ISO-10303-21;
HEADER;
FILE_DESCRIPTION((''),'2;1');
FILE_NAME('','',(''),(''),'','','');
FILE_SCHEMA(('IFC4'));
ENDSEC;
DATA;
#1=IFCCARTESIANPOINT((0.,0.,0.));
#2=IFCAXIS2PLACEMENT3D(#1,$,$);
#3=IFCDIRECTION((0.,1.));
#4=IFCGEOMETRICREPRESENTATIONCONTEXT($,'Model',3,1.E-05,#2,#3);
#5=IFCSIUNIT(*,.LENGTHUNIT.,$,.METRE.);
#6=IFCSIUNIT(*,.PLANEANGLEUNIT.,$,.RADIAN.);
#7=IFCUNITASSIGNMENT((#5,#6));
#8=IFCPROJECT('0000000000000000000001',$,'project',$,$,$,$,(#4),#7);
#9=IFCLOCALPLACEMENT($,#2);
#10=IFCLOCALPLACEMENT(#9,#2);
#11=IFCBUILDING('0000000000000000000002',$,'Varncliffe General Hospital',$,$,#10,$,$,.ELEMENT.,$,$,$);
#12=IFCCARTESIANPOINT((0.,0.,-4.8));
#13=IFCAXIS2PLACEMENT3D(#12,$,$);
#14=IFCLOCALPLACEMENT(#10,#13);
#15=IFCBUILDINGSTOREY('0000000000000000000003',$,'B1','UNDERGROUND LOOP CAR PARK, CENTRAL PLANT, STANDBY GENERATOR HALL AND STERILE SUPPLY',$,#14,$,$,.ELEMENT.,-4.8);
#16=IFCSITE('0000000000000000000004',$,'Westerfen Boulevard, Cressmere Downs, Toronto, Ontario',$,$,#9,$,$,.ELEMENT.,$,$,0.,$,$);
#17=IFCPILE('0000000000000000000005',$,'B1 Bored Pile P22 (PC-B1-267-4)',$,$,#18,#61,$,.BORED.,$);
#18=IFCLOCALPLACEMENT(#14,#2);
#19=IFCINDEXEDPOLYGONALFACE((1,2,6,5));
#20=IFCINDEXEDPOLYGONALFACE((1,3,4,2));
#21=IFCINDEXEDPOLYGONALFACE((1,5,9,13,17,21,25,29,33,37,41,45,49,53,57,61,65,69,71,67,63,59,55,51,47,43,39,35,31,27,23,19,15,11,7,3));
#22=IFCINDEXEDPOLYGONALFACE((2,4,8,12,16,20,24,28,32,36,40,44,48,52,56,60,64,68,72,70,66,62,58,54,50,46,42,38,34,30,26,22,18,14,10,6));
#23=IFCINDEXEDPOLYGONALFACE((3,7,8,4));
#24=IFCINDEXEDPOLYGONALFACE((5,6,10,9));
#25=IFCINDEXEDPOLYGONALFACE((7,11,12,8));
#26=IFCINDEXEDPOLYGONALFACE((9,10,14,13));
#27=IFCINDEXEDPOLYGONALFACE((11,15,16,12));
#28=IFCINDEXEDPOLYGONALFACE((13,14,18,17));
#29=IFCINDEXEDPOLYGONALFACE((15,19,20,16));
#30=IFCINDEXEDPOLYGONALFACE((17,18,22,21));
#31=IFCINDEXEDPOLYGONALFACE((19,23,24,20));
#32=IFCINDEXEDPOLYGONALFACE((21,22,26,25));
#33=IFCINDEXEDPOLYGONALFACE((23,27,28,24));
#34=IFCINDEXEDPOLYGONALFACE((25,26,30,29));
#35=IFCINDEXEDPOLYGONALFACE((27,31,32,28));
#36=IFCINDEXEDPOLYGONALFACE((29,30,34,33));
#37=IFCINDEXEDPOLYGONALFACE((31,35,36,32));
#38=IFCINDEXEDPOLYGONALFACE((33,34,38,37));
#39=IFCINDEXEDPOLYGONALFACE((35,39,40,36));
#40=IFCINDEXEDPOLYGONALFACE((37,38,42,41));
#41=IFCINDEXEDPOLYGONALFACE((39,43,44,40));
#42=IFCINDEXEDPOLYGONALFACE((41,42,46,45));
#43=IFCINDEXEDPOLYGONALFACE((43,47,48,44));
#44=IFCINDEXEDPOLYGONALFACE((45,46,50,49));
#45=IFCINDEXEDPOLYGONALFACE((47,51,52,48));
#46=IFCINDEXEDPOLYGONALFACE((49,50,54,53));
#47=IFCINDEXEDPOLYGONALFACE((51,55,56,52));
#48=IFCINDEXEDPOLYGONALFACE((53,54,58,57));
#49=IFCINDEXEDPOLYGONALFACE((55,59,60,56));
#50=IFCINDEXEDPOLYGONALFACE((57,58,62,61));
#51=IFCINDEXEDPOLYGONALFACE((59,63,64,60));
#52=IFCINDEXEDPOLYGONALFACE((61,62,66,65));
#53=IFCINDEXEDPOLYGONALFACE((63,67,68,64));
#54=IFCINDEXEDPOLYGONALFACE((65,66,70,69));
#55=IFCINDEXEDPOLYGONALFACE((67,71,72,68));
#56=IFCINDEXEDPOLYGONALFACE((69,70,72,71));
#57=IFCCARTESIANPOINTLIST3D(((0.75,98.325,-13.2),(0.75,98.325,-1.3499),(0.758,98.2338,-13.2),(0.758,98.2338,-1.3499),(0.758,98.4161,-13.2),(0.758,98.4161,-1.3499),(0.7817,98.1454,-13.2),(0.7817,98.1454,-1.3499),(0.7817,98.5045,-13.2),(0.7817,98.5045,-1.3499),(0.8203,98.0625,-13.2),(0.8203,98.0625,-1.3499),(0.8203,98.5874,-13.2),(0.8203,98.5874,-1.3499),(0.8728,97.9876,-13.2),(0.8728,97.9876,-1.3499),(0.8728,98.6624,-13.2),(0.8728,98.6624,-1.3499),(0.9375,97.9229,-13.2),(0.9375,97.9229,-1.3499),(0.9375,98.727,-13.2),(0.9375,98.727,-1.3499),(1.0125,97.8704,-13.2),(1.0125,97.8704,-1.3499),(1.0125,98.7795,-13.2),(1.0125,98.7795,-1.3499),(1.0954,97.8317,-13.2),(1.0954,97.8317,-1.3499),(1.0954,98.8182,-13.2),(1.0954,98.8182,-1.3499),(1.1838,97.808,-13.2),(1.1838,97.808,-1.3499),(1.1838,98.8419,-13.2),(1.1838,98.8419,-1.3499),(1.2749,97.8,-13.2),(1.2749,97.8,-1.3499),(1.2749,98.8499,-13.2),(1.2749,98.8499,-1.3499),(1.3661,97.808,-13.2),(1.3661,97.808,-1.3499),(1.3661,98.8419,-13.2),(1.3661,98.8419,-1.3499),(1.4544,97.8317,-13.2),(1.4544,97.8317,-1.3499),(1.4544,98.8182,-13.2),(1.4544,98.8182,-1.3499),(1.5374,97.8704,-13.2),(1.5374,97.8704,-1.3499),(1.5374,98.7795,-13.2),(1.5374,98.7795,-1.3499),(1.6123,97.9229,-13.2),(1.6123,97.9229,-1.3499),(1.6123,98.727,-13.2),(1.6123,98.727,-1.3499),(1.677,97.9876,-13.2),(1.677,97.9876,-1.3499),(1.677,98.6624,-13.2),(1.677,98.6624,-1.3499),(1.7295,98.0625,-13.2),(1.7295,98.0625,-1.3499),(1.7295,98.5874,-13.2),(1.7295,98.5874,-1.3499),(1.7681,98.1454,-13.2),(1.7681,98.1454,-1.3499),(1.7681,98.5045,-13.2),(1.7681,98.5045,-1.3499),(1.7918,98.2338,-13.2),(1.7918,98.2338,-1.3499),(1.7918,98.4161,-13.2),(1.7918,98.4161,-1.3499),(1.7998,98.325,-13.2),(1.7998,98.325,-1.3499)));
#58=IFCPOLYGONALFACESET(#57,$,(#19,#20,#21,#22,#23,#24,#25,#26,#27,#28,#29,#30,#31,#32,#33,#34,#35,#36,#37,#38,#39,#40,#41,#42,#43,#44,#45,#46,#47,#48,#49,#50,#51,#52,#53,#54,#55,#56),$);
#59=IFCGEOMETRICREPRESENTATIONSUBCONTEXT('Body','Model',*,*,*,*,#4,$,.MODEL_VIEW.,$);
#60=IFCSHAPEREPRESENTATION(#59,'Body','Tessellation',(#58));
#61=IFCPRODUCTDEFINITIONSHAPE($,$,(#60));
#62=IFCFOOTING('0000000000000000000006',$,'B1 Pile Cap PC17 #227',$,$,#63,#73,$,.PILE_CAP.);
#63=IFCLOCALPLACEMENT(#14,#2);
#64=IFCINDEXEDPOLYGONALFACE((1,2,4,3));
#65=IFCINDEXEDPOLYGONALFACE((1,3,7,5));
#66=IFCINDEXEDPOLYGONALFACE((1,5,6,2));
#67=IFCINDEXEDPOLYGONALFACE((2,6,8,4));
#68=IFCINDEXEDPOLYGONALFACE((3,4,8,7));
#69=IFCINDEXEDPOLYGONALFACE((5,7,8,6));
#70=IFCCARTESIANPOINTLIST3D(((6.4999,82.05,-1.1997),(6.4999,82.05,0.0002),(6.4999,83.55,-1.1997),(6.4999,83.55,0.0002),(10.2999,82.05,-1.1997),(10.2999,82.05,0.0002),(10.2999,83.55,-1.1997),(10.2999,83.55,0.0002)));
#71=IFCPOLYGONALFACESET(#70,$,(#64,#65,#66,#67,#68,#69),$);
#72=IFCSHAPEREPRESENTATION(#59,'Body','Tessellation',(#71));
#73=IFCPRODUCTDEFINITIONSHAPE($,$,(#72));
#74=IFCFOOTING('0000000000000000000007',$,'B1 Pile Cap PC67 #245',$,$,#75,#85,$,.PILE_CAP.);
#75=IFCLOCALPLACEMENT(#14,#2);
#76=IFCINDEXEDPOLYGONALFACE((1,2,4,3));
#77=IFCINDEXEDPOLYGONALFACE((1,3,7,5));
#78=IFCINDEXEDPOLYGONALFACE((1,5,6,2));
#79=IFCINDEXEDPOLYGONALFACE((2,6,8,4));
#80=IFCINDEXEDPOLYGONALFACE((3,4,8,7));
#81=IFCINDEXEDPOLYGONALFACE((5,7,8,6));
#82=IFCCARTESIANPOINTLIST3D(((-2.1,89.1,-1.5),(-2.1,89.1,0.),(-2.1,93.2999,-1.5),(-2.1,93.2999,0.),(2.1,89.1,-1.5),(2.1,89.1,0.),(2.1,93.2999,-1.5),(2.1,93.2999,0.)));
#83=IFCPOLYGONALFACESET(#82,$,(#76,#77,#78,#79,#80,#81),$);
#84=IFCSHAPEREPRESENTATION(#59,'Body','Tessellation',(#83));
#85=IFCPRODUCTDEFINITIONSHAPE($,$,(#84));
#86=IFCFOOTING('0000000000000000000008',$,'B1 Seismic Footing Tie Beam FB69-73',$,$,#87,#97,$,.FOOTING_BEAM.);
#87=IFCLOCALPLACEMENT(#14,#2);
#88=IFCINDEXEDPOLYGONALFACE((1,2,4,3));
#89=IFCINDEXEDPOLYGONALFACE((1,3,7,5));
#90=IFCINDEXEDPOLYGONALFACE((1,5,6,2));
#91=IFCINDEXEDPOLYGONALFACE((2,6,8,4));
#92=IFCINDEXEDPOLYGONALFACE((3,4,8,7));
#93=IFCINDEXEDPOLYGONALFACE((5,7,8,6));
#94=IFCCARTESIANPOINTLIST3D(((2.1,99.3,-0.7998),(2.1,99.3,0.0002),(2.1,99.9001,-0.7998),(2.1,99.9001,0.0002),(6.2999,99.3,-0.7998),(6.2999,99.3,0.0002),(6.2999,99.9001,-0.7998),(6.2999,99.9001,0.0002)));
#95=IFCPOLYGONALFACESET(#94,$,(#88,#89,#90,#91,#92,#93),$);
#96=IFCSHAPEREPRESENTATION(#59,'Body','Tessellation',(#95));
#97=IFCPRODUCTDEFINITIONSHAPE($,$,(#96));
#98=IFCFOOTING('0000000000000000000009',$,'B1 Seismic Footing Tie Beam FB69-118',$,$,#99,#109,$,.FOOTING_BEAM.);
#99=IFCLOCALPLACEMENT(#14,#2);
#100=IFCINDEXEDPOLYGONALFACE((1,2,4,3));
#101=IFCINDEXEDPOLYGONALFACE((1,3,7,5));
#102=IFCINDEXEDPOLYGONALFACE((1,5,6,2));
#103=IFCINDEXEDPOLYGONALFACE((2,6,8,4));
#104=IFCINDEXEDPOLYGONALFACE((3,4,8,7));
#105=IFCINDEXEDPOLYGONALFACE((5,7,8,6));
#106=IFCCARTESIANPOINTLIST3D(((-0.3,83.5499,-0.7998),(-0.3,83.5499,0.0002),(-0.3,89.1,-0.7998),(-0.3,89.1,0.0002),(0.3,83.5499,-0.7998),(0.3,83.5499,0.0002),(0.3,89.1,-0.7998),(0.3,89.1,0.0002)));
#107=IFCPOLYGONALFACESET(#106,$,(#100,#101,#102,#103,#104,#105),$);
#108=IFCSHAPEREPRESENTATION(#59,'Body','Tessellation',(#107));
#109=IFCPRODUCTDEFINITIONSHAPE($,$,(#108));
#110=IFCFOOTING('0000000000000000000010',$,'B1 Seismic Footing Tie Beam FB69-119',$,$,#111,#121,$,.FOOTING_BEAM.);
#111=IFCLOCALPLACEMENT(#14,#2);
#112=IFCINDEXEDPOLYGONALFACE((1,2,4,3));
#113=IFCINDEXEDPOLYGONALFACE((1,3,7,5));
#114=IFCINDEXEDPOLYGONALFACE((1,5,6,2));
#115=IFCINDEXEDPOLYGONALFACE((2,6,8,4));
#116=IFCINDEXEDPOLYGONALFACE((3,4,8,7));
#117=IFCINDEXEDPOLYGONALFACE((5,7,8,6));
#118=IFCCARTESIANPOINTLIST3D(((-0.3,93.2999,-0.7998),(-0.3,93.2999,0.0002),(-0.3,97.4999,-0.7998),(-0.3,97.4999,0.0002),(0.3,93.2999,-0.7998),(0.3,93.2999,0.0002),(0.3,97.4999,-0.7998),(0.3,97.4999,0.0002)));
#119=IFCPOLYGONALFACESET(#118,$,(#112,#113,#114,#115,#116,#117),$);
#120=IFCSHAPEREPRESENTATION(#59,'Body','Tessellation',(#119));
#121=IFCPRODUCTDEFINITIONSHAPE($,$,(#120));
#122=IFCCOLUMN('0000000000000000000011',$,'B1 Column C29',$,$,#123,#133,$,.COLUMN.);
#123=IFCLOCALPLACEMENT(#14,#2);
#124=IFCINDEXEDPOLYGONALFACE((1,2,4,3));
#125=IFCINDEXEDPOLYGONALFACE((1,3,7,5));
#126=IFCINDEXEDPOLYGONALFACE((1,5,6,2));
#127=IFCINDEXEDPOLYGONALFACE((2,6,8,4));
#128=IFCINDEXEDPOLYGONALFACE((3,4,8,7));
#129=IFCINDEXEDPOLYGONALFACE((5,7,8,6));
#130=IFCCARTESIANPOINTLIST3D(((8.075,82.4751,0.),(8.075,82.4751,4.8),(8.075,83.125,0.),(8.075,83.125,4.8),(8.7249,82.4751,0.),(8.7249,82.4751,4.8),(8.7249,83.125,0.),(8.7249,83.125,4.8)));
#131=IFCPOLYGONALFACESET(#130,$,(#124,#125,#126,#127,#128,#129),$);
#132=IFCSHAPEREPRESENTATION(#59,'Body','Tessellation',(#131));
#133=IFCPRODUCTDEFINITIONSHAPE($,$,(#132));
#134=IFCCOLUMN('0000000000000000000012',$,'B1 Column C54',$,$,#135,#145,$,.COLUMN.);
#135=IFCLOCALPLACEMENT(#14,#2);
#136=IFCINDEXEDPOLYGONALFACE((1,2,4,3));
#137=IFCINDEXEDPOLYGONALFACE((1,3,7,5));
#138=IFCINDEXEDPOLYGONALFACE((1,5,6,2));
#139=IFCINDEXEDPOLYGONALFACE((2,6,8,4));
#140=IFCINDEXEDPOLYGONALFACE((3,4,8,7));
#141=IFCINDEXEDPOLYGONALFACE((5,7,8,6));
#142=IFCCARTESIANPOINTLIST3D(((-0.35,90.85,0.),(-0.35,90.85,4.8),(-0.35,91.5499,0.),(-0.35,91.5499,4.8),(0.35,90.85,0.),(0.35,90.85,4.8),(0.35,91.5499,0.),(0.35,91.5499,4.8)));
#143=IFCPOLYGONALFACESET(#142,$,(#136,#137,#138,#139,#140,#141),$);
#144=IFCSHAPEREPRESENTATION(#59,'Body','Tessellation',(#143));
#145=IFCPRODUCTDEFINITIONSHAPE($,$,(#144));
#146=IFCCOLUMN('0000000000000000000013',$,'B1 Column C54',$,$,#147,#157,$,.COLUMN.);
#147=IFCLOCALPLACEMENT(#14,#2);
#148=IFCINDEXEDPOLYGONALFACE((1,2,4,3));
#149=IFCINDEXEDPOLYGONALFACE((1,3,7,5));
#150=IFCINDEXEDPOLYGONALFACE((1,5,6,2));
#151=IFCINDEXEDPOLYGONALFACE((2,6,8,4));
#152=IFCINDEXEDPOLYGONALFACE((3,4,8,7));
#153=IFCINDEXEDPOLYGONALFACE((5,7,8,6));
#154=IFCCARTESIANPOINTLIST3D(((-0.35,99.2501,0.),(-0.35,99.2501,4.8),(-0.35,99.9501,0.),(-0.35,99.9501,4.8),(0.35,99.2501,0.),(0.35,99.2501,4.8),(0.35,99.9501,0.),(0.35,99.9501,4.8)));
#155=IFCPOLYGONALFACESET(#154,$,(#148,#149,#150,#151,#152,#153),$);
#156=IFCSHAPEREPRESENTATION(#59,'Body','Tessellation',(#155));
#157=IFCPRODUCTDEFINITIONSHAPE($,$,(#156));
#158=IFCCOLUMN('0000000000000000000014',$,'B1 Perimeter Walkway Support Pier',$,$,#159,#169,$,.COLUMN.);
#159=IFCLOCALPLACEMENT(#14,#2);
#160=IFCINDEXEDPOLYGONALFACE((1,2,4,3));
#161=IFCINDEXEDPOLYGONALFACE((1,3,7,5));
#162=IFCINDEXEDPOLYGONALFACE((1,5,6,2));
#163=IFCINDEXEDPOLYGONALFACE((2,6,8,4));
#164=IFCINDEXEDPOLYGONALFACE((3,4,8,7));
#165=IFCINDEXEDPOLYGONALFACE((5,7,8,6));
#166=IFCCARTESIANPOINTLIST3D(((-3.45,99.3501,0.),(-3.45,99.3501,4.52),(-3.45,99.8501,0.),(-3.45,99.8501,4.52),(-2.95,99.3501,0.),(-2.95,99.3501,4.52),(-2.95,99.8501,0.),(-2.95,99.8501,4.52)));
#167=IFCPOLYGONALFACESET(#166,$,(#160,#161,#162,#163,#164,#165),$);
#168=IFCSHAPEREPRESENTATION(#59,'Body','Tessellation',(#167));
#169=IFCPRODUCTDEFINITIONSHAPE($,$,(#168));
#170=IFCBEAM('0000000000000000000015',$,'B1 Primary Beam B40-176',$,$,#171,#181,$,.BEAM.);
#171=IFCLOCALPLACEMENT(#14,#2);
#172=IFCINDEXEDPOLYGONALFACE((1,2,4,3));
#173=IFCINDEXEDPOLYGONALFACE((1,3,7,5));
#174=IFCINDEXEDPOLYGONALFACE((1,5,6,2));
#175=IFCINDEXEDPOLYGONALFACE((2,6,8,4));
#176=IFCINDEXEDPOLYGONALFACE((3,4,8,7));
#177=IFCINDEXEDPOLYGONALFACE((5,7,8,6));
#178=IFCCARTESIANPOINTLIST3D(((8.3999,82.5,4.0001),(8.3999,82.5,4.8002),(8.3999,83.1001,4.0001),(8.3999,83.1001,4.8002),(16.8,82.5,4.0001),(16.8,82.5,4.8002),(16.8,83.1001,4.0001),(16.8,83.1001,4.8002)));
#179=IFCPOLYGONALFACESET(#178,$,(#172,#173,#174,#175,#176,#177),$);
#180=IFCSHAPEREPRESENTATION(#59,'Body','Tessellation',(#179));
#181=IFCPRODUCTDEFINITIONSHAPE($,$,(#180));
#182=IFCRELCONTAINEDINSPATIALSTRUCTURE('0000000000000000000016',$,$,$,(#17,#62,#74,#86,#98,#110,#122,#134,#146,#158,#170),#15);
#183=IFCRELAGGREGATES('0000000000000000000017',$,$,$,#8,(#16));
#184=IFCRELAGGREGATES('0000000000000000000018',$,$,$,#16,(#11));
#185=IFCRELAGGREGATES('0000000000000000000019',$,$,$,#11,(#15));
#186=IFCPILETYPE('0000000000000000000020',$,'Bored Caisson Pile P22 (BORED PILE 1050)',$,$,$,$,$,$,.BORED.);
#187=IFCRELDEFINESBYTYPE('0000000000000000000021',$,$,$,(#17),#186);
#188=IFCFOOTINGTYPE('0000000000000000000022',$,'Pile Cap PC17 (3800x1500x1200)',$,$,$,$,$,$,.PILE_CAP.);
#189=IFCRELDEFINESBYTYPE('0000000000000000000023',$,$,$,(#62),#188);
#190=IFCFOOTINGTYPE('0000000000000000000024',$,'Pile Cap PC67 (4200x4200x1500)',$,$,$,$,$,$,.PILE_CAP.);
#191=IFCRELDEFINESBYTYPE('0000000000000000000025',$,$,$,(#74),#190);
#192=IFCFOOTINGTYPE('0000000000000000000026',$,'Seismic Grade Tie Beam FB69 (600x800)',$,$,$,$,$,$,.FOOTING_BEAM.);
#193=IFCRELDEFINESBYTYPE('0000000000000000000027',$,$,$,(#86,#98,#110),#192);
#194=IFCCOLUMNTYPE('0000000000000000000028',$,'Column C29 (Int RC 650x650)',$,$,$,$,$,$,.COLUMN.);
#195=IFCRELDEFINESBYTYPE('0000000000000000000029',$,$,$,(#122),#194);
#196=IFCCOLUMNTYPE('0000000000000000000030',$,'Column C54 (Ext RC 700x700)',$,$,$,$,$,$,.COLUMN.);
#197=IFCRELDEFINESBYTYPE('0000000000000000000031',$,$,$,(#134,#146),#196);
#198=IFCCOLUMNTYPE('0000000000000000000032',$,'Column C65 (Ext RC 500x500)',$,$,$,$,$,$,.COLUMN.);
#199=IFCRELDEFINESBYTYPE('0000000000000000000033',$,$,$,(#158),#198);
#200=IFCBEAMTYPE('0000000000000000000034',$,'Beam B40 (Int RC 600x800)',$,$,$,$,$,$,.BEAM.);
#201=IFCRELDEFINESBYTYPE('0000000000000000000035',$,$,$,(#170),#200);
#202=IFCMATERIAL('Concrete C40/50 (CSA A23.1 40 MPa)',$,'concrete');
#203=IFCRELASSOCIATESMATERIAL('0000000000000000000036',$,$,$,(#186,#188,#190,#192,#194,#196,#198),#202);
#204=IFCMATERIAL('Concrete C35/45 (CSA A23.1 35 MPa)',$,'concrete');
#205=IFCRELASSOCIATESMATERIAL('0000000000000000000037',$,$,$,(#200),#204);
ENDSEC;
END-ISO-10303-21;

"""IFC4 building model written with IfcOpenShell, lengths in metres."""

from ifc_helpers import new_model, si_unit, direction, frame, origin, origin_2d, place, context, subcontext, project, spatial, rectangle, circle, extrude, material, material_profile, profile_set, type_object, element, save


model = new_model("IFC4")

# Units and contexts
model_context = context("Model", 3, precision=1e-05, world=origin(), true_north=direction((0.0, 1.0)))
body_context = subcontext(model_context, "Body", "Model", "MODEL_VIEW")
ifc_project = project(units=[si_unit("LENGTHUNIT", "METRE"), si_unit("PLANEANGLEUNIT", "RADIAN")], contexts=[model_context])

# Site, building, storey
site_placement = place(None, origin())
site = spatial("IfcSite", under=ifc_project, at=site_placement, Name="Westerfen Boulevard, Cressmere Downs, Toronto, Ontario", CompositionType="ELEMENT", RefElevation=0.0)
building_placement = place(site_placement, origin())
building = spatial("IfcBuilding", under=site, at=building_placement, Name="Varncliffe General Hospital", CompositionType="ELEMENT")
storey_placement = place(building_placement, frame((0.0, 0.0, -4.8)))
storey = spatial("IfcBuildingStorey", under=building, at=storey_placement, Name="B1", Description="UNDERGROUND LOOP CAR PARK, CENTRAL PLANT, STANDBY GENERATOR HALL AND STERILE SUPPLY", CompositionType="ELEMENT", Elevation=-4.8)

# Pile
ifc_material_1 = material(Name="Concrete C40/50 (CSA A23.1 40 MPa)", Category="concrete")
ifc_material_profile_1 = material_profile(ifc_material_1, circle(Radius=0.5249, at=origin_2d()), Name="BORED PILE 1050")
ifc_profile_set_1 = profile_set([ifc_material_profile_1], Name="Concrete C40/50 (CSA A23.1 40 MPa)")
pile_type_1 = type_object("IfcPileType", Name="Bored Caisson Pile P22 (BORED PILE 1050)", PredefinedType="BORED", material=ifc_profile_set_1)
for number, where, z_axis, x_axis, name in (
    (1, (1.2749, 98.325, -1.3499), (0.0, 0.0, -1.0), (1.0, 0.0, 0.0), "B1 Bored Pile P22 (PC-B1-267-4)"),
):
    element("IfcPile", number, at=place(storey_placement, frame(where, z_axis=z_axis, x_axis=x_axis)), inside=storey, type_object=pile_type_1, Name=name, PredefinedType="BORED", context=body_context, shape_type="SweptSolid", body=[
        extrude(circle(Radius=0.5249, at=origin_2d()), origin(), (0.0, 0.0, 1.0), 11.8501),
    ])

# Footings
footing_type_1 = type_object("IfcFootingType", Name="Pile Cap PC17 (3800x1500x1200)", PredefinedType="PILE_CAP", material=ifc_material_1)
footing_1_placement = place(storey_placement, frame((8.3999, 82.8, -1.1997), z_axis=(0.0, 0.0, 1.0), x_axis=(1.0, 0.0, 0.0)))
element("IfcFooting", 2, at=footing_1_placement, inside=storey, type_object=footing_type_1, Name="B1 Pile Cap PC17 #227", PredefinedType="PILE_CAP", context=body_context, shape_type="SweptSolid", body=[
    extrude(rectangle(XDim=3.8, YDim=1.5, at=origin_2d()), origin(), (0.0, 0.0, 1.0), 1.2),
])
footing_type_2 = type_object("IfcFootingType", Name="Pile Cap PC67 (4200x4200x1500)", PredefinedType="PILE_CAP", material=ifc_material_1)
footing_2_placement = place(storey_placement, frame((0.0, 91.2, -1.5), z_axis=(0.0, 0.0, 1.0), x_axis=(1.0, 0.0, 0.0)))
element("IfcFooting", 3, at=footing_2_placement, inside=storey, type_object=footing_type_2, Name="B1 Pile Cap PC67 #245", PredefinedType="PILE_CAP", context=body_context, shape_type="SweptSolid", body=[
    extrude(rectangle(XDim=4.2, YDim=4.2, at=origin_2d()), origin(), (0.0, 0.0, 1.0), 1.5),
])
footing_type_3 = type_object("IfcFootingType", Name="Seismic Grade Tie Beam FB69 (600x800)", PredefinedType="FOOTING_BEAM", material=ifc_material_1)
footing_3_placement = place(storey_placement, frame((4.2, 99.6001, -0.7998), z_axis=(0.0, 0.0, 1.0), x_axis=(1.0, 0.0, 0.0)))
element("IfcFooting", 4, at=footing_3_placement, inside=storey, type_object=footing_type_3, Name="B1 Seismic Footing Tie Beam FB69-73", PredefinedType="FOOTING_BEAM", context=body_context, shape_type="SweptSolid", body=[
    extrude(rectangle(XDim=4.2, YDim=0.6001, at=origin_2d()), origin(), (0.0, 0.0, 1.0), 0.8),
])
footing_4_placement = place(storey_placement, frame((0.0, 86.325, -0.7998), z_axis=(0.0, 0.0, 1.0), x_axis=(1.0, 0.0, 0.0)))
element("IfcFooting", 5, at=footing_4_placement, inside=storey, type_object=footing_type_3, Name="B1 Seismic Footing Tie Beam FB69-118", PredefinedType="FOOTING_BEAM", context=body_context, shape_type="SweptSolid", body=[
    extrude(rectangle(XDim=0.6001, YDim=5.55, at=origin_2d()), origin(), (0.0, 0.0, 1.0), 0.8),
])
footing_5_placement = place(storey_placement, frame((0.0, 95.3999, -0.7998), z_axis=(0.0, 0.0, 1.0), x_axis=(1.0, 0.0, 0.0)))
element("IfcFooting", 6, at=footing_5_placement, inside=storey, type_object=footing_type_3, Name="B1 Seismic Footing Tie Beam FB69-119", PredefinedType="FOOTING_BEAM", context=body_context, shape_type="SweptSolid", body=[
    extrude(rectangle(XDim=0.6001, YDim=4.2, at=origin_2d()), origin(), (0.0, 0.0, 1.0), 0.8),
])

# Columns
ifc_material_profile_2 = material_profile(ifc_material_1, rectangle(XDim=0.6499, YDim=0.6499, at=origin_2d()), Name="RC 650x650")
ifc_profile_set_2 = profile_set([ifc_material_profile_2], Name="Concrete C40/50 (CSA A23.1 40 MPa)")
column_type_1 = type_object("IfcColumnType", Name="Column C29 (Int RC 650x650)", PredefinedType="COLUMN", material=ifc_profile_set_2)
column_1_placement = place(storey_placement, frame((8.3999, 82.8, 0.0), z_axis=(0.0, 0.0, 1.0), x_axis=(1.0, 0.0, 0.0)))
element("IfcColumn", 7, at=column_1_placement, inside=storey, type_object=column_type_1, Name="B1 Column C29", PredefinedType="COLUMN", context=body_context, shape_type="SweptSolid", body=[
    extrude(rectangle(XDim=0.6499, YDim=0.6499, at=origin_2d()), origin(), (0.0, 0.0, 1.0), 4.8),
])
ifc_material_profile_3 = material_profile(ifc_material_1, rectangle(XDim=0.7, YDim=0.7, at=origin_2d()), Name="RC 700x700")
ifc_profile_set_3 = profile_set([ifc_material_profile_3], Name="Concrete C40/50 (CSA A23.1 40 MPa)")
column_type_2 = type_object("IfcColumnType", Name="Column C54 (Ext RC 700x700)", PredefinedType="COLUMN", material=ifc_profile_set_3)
for number, where, z_axis, x_axis, name in (
    (8, (0.0, 91.2, 0.0), (0.0, 0.0, 1.0), (1.0, 0.0, 0.0), "B1 Column C54"),
    (9, (0.0, 99.6001, 0.0), (0.0, 0.0, 1.0), (1.0, 0.0, 0.0), "B1 Column C54"),
):
    element("IfcColumn", number, at=place(storey_placement, frame(where, z_axis=z_axis, x_axis=x_axis)), inside=storey, type_object=column_type_2, Name=name, PredefinedType="COLUMN", context=body_context, shape_type="SweptSolid", body=[
        extrude(rectangle(XDim=0.7, YDim=0.7, at=origin_2d()), origin(), (0.0, 0.0, 1.0), 4.8),
    ])
ifc_material_profile_4 = material_profile(ifc_material_1, rectangle(XDim=0.5, YDim=0.5, at=origin_2d()), Name="RC 500x500")
ifc_profile_set_4 = profile_set([ifc_material_profile_4], Name="Concrete C40/50 (CSA A23.1 40 MPa)")
column_type_3 = type_object("IfcColumnType", Name="Column C65 (Ext RC 500x500)", PredefinedType="COLUMN", material=ifc_profile_set_4)
column_2_placement = place(storey_placement, frame((-3.2, 99.6001, 0.0), z_axis=(0.0, 0.0, 1.0), x_axis=(1.0, 0.0, 0.0)))
element("IfcColumn", 10, at=column_2_placement, inside=storey, type_object=column_type_3, Name="B1 Perimeter Walkway Support Pier", PredefinedType="COLUMN", context=body_context, shape_type="SweptSolid", body=[
    extrude(rectangle(XDim=0.5, YDim=0.5, at=origin_2d()), origin(), (0.0, 0.0, 1.0), 4.52),
])

# Beam
ifc_material_2 = material(Name="Concrete C35/45 (CSA A23.1 35 MPa)", Category="concrete")
ifc_material_profile_5 = material_profile(ifc_material_2, rectangle(XDim=0.6001, YDim=0.8, at=origin_2d()), Name="RC 600x800")
ifc_profile_set_5 = profile_set([ifc_material_profile_5], Name="Concrete C35/45 (CSA A23.1 35 MPa)")
beam_type_1 = type_object("IfcBeamType", Name="Beam B40 (Int RC 600x800)", PredefinedType="BEAM", material=ifc_profile_set_5)
beam_1_placement = place(storey_placement, frame((8.3999, 82.8, 4.4001), z_axis=(1.0, 0.0, 0.0), x_axis=(0.0, 1.0, 0.0)))
element("IfcBeam", 11, at=beam_1_placement, inside=storey, type_object=beam_type_1, Name="B1 Primary Beam B40-176", PredefinedType="BEAM", context=body_context, shape_type="SweptSolid", body=[
    extrude(rectangle(XDim=0.6001, YDim=0.8, at=origin_2d()), origin(), (0.0, 0.0, 1.0), 8.4001),
])

save(model, "model.ifc")
